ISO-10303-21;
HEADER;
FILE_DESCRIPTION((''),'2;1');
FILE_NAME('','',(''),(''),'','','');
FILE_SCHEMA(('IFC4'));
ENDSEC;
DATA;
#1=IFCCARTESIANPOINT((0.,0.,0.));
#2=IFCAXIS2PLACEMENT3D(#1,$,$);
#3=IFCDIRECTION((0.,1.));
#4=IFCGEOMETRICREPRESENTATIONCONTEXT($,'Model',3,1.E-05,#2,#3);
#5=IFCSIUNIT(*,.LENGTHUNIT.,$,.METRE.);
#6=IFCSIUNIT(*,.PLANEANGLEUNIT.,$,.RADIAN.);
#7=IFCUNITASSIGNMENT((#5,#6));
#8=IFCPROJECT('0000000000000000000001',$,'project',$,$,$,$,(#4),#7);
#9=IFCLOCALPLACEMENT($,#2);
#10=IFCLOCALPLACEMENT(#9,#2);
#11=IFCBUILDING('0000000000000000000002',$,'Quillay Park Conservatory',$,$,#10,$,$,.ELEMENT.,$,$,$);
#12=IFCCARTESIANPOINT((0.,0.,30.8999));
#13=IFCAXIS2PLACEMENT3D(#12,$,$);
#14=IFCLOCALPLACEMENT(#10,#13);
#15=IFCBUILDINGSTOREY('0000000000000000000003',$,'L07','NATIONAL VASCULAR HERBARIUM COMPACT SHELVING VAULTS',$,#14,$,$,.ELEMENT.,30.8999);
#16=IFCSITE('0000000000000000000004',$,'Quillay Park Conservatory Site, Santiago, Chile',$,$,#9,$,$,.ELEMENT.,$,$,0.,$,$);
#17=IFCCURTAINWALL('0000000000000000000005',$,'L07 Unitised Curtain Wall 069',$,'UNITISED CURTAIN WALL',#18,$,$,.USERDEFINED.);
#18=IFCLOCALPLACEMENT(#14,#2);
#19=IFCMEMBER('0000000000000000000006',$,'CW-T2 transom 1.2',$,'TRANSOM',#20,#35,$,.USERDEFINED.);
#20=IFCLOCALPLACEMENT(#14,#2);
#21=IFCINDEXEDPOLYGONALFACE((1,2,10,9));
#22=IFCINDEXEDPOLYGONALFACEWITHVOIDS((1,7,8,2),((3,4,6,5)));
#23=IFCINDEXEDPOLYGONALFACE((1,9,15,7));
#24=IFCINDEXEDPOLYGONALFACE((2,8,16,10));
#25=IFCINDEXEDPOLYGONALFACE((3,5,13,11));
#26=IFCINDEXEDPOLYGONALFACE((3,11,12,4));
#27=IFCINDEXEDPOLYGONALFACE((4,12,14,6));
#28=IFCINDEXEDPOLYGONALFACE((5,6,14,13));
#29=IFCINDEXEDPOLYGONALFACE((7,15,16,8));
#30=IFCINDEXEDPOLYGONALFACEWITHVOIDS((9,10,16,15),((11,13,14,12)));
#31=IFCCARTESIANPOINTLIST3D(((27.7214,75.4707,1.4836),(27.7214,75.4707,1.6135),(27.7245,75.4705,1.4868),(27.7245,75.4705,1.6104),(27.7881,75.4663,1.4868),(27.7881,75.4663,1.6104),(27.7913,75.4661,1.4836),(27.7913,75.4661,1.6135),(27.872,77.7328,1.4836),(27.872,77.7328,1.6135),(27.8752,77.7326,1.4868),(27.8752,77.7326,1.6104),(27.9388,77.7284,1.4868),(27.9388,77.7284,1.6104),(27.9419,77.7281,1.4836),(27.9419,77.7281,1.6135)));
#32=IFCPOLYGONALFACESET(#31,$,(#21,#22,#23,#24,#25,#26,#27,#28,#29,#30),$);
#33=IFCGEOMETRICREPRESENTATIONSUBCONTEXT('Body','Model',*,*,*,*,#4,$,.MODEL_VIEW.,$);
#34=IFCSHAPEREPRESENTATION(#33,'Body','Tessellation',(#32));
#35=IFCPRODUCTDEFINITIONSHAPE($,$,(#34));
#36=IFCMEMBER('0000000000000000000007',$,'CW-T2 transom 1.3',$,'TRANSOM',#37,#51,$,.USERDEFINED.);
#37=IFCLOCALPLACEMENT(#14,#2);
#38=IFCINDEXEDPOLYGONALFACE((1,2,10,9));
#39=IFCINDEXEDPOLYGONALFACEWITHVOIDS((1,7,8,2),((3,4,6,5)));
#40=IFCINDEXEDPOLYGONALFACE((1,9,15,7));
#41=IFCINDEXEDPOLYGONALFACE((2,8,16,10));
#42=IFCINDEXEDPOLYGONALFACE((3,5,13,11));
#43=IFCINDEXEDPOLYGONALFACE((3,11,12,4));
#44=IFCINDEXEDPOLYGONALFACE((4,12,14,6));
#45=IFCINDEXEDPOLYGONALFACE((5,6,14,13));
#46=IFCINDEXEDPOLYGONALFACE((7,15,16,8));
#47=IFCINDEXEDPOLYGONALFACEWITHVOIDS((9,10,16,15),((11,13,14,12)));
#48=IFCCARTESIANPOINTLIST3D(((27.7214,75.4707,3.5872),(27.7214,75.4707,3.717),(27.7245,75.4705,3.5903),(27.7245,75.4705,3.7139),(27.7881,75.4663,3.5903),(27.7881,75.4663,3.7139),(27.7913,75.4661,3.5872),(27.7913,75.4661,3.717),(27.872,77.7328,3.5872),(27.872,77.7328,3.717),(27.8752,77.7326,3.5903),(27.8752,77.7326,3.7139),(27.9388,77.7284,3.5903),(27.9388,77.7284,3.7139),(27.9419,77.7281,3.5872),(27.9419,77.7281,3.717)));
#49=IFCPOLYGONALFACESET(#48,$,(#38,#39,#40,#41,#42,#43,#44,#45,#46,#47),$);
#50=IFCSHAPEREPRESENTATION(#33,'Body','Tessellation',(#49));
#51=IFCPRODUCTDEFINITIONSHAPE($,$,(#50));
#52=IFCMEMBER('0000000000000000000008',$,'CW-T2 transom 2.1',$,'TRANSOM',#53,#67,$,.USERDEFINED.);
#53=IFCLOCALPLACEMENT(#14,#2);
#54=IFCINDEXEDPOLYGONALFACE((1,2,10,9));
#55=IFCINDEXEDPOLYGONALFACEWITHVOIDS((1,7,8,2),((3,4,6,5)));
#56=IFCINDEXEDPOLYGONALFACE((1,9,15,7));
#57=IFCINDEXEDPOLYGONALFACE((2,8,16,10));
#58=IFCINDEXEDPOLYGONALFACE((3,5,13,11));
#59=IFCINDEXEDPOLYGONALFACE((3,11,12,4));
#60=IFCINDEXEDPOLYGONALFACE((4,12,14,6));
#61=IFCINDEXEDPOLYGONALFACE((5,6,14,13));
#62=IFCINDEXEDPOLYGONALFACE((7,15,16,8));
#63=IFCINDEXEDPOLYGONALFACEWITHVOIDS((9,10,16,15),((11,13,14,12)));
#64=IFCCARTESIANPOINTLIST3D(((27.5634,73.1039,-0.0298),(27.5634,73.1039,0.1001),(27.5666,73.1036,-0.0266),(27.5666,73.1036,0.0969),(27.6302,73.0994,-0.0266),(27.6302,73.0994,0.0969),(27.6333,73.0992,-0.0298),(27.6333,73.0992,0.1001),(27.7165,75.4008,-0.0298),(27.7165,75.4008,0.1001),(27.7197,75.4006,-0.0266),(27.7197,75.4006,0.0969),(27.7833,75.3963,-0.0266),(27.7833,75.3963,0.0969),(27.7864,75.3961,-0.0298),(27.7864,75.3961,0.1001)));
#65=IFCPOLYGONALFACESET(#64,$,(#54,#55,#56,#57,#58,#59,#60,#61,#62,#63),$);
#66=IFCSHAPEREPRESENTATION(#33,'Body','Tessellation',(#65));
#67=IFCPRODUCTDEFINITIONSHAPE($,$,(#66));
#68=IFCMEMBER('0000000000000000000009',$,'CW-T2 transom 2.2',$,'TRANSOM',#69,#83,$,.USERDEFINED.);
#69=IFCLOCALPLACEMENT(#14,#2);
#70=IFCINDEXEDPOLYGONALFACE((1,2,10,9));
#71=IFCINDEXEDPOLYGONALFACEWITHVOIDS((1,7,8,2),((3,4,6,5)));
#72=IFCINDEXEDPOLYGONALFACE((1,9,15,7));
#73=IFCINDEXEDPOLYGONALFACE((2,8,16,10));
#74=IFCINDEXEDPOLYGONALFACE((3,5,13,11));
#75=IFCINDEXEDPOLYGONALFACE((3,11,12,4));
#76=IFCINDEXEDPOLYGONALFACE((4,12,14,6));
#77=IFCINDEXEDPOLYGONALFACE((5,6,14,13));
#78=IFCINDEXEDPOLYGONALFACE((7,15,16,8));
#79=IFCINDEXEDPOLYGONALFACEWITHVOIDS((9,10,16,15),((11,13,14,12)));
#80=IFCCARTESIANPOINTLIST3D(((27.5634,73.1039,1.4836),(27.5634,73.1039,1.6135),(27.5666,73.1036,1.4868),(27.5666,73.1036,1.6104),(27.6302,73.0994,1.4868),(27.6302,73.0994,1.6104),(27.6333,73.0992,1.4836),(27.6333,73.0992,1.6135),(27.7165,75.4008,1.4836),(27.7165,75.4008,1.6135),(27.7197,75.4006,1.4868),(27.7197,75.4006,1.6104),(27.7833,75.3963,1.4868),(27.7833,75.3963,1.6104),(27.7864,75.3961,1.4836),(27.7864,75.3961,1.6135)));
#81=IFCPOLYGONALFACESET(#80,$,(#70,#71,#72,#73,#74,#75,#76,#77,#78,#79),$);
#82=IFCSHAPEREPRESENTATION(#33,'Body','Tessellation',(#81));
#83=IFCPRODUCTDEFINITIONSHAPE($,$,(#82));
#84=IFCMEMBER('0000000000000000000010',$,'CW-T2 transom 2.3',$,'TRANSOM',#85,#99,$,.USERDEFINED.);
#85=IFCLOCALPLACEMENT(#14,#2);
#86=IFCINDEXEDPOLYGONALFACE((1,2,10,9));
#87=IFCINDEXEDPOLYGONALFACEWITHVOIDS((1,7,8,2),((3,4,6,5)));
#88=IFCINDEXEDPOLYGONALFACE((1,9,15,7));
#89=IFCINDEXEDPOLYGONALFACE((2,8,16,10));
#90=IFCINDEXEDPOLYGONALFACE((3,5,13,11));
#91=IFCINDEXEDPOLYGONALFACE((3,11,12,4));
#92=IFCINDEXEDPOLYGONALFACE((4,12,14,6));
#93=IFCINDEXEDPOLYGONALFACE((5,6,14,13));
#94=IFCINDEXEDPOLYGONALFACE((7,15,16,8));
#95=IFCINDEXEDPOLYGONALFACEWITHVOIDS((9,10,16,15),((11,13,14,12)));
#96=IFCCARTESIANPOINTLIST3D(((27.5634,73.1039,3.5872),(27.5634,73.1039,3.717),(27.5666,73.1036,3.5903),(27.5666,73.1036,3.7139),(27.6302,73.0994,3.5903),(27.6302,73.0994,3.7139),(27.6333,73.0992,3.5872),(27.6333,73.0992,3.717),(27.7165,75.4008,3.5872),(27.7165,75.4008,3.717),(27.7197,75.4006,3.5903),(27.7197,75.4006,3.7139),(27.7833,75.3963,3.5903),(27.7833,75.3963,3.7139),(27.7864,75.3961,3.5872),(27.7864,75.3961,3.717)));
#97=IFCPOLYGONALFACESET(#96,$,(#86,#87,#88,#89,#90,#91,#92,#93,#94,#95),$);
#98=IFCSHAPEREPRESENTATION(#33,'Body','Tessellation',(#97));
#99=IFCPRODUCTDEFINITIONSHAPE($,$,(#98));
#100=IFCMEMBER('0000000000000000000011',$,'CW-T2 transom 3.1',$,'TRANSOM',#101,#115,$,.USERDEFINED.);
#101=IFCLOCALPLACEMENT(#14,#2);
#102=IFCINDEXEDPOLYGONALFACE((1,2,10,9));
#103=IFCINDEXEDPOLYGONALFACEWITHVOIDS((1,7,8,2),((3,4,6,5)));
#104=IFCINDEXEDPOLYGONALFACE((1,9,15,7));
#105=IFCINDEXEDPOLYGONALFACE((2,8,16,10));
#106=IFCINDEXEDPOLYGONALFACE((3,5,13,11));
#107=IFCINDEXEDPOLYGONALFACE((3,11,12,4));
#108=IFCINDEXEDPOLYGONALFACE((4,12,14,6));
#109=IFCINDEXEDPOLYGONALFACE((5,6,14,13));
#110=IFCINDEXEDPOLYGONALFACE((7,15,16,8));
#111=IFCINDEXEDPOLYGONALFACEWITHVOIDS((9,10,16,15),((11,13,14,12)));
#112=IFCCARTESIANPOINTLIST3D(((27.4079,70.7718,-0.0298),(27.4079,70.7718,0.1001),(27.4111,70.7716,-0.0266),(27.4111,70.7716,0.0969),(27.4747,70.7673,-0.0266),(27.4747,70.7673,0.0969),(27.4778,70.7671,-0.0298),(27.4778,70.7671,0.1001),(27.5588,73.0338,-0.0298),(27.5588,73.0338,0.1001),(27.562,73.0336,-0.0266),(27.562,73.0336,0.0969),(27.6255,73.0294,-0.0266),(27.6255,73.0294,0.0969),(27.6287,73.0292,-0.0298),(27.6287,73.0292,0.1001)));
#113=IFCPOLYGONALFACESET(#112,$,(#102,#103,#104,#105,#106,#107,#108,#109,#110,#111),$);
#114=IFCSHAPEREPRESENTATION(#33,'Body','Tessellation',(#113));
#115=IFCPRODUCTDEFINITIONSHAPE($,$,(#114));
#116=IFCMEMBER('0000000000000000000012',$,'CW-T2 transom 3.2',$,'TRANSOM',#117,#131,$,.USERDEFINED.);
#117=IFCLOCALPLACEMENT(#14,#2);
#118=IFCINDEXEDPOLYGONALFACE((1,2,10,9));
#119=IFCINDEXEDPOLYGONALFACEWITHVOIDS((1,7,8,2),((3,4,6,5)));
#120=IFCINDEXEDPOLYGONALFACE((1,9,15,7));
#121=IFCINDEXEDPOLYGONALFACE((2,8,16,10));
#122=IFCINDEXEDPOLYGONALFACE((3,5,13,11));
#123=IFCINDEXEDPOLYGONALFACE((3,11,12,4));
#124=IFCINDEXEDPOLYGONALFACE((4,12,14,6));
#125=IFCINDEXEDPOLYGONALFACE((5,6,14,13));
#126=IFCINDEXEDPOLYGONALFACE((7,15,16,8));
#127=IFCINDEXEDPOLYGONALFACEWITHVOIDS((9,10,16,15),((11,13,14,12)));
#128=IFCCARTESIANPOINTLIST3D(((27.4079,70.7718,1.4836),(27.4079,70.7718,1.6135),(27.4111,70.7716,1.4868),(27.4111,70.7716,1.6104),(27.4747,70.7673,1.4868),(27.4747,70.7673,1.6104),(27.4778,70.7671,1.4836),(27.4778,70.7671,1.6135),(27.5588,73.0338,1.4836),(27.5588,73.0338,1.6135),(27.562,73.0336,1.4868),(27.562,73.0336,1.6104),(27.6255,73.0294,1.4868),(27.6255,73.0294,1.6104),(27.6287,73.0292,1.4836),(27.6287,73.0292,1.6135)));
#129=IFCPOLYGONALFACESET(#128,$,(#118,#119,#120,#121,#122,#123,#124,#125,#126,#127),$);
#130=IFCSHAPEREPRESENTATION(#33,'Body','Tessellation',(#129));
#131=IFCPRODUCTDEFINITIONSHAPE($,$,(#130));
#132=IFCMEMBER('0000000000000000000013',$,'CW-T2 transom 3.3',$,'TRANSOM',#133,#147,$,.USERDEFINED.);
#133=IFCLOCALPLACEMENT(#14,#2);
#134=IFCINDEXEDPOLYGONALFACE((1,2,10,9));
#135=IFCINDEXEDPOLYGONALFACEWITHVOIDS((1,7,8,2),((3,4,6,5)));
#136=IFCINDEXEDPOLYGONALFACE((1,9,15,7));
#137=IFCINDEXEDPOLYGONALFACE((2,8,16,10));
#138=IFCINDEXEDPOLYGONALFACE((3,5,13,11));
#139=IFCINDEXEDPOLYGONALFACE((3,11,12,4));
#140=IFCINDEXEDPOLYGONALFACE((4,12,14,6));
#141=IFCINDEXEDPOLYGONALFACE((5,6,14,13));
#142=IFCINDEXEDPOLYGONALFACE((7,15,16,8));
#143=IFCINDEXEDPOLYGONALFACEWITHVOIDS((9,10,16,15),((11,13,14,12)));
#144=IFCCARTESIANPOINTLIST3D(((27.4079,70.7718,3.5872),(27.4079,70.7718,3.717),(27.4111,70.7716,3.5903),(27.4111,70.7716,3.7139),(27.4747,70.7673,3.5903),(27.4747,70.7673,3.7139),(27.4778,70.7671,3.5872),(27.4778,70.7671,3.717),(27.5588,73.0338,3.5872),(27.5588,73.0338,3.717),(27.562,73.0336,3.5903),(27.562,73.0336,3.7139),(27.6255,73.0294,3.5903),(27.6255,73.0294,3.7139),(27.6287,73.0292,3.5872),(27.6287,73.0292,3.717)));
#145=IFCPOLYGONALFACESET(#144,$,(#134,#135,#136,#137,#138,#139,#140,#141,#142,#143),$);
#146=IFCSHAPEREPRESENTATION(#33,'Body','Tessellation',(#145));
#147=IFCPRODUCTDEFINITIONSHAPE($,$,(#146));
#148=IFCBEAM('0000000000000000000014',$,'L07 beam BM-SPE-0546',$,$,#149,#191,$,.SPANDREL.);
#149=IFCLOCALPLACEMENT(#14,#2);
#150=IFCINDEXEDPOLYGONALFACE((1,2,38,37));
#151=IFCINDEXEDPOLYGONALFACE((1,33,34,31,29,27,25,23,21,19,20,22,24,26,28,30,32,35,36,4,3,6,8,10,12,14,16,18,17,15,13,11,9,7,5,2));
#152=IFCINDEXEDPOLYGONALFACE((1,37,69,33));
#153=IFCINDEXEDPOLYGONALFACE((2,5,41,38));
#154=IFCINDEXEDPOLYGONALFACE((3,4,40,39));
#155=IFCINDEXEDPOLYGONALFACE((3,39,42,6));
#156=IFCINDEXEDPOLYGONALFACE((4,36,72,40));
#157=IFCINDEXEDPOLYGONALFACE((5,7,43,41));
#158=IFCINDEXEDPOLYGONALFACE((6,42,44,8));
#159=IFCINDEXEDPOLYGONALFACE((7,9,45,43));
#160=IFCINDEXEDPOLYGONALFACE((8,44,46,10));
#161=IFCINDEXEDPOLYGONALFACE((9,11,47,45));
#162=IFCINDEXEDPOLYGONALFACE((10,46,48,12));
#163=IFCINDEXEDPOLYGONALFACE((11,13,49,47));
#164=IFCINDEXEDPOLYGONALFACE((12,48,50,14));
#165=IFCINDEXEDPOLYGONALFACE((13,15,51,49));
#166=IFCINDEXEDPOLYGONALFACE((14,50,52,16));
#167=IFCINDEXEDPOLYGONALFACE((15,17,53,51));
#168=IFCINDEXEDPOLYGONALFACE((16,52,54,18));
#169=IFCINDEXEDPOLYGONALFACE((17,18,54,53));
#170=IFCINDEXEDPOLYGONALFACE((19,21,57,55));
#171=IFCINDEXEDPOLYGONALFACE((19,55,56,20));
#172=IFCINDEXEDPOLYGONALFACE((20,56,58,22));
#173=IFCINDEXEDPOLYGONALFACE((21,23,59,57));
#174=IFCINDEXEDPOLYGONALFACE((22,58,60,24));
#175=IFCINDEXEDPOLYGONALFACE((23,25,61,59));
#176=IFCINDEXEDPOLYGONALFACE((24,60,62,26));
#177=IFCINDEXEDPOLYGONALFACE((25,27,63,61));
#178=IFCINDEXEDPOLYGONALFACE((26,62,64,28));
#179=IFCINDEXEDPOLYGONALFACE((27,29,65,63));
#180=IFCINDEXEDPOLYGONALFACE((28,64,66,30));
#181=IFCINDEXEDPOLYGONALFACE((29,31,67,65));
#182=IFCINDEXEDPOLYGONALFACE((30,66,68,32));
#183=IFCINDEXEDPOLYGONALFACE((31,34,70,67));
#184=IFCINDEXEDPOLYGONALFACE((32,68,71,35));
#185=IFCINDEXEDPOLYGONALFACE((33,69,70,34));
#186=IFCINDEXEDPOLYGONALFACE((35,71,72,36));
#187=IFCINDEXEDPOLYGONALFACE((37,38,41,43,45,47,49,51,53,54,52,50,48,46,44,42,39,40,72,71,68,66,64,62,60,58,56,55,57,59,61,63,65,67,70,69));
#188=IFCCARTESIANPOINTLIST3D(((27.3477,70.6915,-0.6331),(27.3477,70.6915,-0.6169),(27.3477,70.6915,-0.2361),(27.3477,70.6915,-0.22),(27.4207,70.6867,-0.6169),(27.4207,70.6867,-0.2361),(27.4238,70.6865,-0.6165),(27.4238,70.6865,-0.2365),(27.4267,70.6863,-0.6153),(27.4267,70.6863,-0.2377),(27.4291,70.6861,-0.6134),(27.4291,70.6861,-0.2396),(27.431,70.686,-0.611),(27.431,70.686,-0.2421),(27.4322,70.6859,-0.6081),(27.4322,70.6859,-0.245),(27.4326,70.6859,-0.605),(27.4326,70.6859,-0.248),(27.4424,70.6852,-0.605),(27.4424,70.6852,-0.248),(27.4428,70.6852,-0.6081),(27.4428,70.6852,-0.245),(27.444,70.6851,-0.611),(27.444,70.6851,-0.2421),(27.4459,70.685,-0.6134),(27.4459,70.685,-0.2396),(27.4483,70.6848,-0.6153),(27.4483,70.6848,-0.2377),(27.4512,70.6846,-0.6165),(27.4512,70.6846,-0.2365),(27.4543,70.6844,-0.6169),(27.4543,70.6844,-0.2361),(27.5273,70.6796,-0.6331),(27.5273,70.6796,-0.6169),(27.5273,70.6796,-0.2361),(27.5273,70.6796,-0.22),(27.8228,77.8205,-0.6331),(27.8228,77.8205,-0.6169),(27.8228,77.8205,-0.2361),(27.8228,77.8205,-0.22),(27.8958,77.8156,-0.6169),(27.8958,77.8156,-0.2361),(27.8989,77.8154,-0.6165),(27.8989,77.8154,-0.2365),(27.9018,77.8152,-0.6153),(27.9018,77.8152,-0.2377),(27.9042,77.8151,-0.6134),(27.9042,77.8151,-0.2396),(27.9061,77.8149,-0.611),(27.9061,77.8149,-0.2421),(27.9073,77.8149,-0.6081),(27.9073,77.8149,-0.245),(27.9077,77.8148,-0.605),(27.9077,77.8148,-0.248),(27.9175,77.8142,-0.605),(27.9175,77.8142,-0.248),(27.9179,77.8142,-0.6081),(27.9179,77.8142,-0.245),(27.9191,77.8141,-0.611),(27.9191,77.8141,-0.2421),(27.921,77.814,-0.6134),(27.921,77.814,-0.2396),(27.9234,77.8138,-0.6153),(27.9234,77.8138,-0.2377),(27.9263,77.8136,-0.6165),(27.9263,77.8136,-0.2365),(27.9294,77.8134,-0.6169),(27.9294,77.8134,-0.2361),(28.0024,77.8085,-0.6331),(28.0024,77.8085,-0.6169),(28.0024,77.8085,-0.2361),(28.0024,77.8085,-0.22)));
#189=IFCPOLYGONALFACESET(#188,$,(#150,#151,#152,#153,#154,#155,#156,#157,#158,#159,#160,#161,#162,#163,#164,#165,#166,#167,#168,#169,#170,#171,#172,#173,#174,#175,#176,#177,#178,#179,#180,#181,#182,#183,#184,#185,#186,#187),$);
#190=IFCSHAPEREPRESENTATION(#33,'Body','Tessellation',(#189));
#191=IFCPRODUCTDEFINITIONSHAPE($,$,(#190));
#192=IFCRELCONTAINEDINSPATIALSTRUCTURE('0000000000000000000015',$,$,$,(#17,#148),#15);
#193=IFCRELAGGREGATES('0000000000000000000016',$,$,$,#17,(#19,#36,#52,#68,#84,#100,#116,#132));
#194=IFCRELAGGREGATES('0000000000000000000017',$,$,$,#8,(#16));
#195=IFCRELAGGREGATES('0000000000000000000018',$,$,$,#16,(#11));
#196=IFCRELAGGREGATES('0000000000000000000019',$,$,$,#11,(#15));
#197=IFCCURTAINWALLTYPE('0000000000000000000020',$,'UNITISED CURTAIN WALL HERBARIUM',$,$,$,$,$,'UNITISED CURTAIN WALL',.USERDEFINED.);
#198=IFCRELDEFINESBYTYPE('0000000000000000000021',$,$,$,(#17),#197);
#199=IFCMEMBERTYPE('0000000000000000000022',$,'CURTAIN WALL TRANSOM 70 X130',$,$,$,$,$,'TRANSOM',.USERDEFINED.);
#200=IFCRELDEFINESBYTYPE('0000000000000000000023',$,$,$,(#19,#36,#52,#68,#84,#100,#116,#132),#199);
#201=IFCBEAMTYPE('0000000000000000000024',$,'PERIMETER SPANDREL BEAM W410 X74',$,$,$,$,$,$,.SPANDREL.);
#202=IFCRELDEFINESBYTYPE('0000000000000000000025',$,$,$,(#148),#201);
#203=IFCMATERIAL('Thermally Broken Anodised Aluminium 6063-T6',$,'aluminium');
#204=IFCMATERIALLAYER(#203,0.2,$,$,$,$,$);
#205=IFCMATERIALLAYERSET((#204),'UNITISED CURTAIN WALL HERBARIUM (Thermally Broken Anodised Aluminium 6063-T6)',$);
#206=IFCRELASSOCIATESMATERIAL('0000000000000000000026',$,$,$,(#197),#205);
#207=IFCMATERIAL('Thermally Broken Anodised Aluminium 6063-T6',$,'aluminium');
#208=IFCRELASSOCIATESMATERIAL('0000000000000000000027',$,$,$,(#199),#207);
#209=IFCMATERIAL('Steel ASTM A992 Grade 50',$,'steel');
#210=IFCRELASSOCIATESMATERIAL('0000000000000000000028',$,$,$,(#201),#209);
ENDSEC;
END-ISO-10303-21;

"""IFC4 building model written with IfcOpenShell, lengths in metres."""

from ifc_helpers import new_model, si_unit, direction, frame, origin, origin_2d, place, context, subcontext, project, spatial, hollow_rectangle, i_section, extrude, material, layer, layer_set, material_profile, profile_set, type_object, element, aggregate, save


model = new_model("IFC4")

# Units and contexts
model_context = context("Model", 3, precision=1e-05, world=origin(), true_north=direction((0.0, 1.0)))
body_context = subcontext(model_context, "Body", "Model", "MODEL_VIEW")
ifc_project = project(units=[si_unit("LENGTHUNIT", "METRE"), si_unit("PLANEANGLEUNIT", "RADIAN")], contexts=[model_context])

# Site, building, storey
site_placement = place(None, origin())
site = spatial("IfcSite", under=ifc_project, at=site_placement, Name="Quillay Park Conservatory Site, Santiago, Chile", CompositionType="ELEMENT", RefElevation=0.0)
building_placement = place(site_placement, origin())
building = spatial("IfcBuilding", under=site, at=building_placement, Name="Quillay Park Conservatory", CompositionType="ELEMENT")
storey_placement = place(building_placement, frame((0.0, 0.0, 30.8999)))
storey = spatial("IfcBuildingStorey", under=building, at=storey_placement, Name="L07", Description="NATIONAL VASCULAR HERBARIUM COMPACT SHELVING VAULTS", CompositionType="ELEMENT", Elevation=30.8999)

# Curtain wall, members
ifc_material_1 = material(Name="Thermally Broken Anodised Aluminium 6063-T6", Category="aluminium")
ifc_layer_1 = layer(ifc_material_1, 0.2)
ifc_layer_set_1 = layer_set([ifc_layer_1], Name="UNITISED CURTAIN WALL HERBARIUM (Thermally Broken Anodised Aluminium 6063-T6)")
curtain_wall_type = type_object("IfcCurtainWallType", Name="UNITISED CURTAIN WALL HERBARIUM", ElementType="UNITISED CURTAIN WALL", PredefinedType="USERDEFINED", material=ifc_layer_set_1)
curtain_wall_placement = place(storey_placement, origin())
curtain_wall = element("IfcCurtainWall", 1, at=curtain_wall_placement, inside=storey, type_object=curtain_wall_type, Name="L07 Unitised Curtain Wall 069", ObjectType="UNITISED CURTAIN WALL", PredefinedType="USERDEFINED")
ifc_material_2 = material(Name="Thermally Broken Anodised Aluminium 6063-T6", Category="aluminium")
ifc_material_profile_1 = material_profile(ifc_material_2, hollow_rectangle(XDim=0.0701, YDim=0.1299, WallThickness=0.0032, at=origin_2d()), Name="AL70x130x3.2")
ifc_profile_set_1 = profile_set([ifc_material_profile_1], Name="Thermally Broken Anodised Aluminium 6063-T6")
member_type_1 = type_object("IfcMemberType", Name="CURTAIN WALL TRANSOM 70 X130", ElementType="TRANSOM", PredefinedType="USERDEFINED", material=ifc_profile_set_1)
member_1_placement = place(storey_placement, frame((27.907, 77.7305, 1.5486), z_axis=(-0.066448, -0.99779, 0.0), x_axis=(0.99779, -0.066448, 0.0)))
member_1 = element("IfcMember", 2, at=member_1_placement, type_object=member_type_1, Name="CW-T2 transom 1.2", ObjectType="TRANSOM", PredefinedType="USERDEFINED", context=body_context, shape_type="SweptSolid", body=[
    extrude(hollow_rectangle(XDim=0.0701, YDim=0.1299, WallThickness=0.0032, at=origin_2d()), origin(), (0.0, 0.0, 1.0), 2.2671),
])
member_2_placement = place(storey_placement, frame((27.907, 77.7305, 3.6521), z_axis=(-0.066448, -0.99779, 0.0), x_axis=(0.99779, -0.066448, 0.0)))
member_2 = element("IfcMember", 3, at=member_2_placement, type_object=member_type_1, Name="CW-T2 transom 1.3", ObjectType="TRANSOM", PredefinedType="USERDEFINED", context=body_context, shape_type="SweptSolid", body=[
    extrude(hollow_rectangle(XDim=0.0701, YDim=0.1299, WallThickness=0.0032, at=origin_2d()), origin(), (0.0, 0.0, 1.0), 2.2671),
])
member_3_placement = place(storey_placement, frame((27.7515, 75.3984, 0.0352), z_axis=(-0.066498, -0.997787, 0.0), x_axis=(0.997787, -0.066498, 0.0)))
member_3 = element("IfcMember", 4, at=member_3_placement, type_object=member_type_1, Name="CW-T2 transom 2.1", ObjectType="TRANSOM", PredefinedType="USERDEFINED", context=body_context, shape_type="SweptSolid", body=[
    extrude(hollow_rectangle(XDim=0.0701, YDim=0.1299, WallThickness=0.0032, at=origin_2d()), origin(), (0.0, 0.0, 1.0), 2.302),
])
member_4_placement = place(storey_placement, frame((27.7515, 75.3984, 1.5486), z_axis=(-0.066498, -0.997787, 0.0), x_axis=(0.997787, -0.066498, 0.0)))
member_4 = element("IfcMember", 5, at=member_4_placement, type_object=member_type_1, Name="CW-T2 transom 2.2", ObjectType="TRANSOM", PredefinedType="USERDEFINED", context=body_context, shape_type="SweptSolid", body=[
    extrude(hollow_rectangle(XDim=0.0701, YDim=0.1299, WallThickness=0.0032, at=origin_2d()), origin(), (0.0, 0.0, 1.0), 2.302),
])
member_5_placement = place(storey_placement, frame((27.7515, 75.3984, 3.6521), z_axis=(-0.066498, -0.997787, 0.0), x_axis=(0.997787, -0.066498, 0.0)))
member_5 = element("IfcMember", 6, at=member_5_placement, type_object=member_type_1, Name="CW-T2 transom 2.3", ObjectType="TRANSOM", PredefinedType="USERDEFINED", context=body_context, shape_type="SweptSolid", body=[
    extrude(hollow_rectangle(XDim=0.0701, YDim=0.1299, WallThickness=0.0032, at=origin_2d()), origin(), (0.0, 0.0, 1.0), 2.302),
])
member_6_placement = place(storey_placement, frame((27.5938, 73.0315, 0.0352), z_axis=(-0.066555, -0.997783, 0.0), x_axis=(0.997783, -0.066555, 0.0)))
member_6 = element("IfcMember", 7, at=member_6_placement, type_object=member_type_1, Name="CW-T2 transom 3.1", ObjectType="TRANSOM", PredefinedType="USERDEFINED", context=body_context, shape_type="SweptSolid", body=[
    extrude(hollow_rectangle(XDim=0.0701, YDim=0.1299, WallThickness=0.0032, at=origin_2d()), origin(), (0.0, 0.0, 1.0), 2.2671),
])
member_7_placement = place(storey_placement, frame((27.5938, 73.0315, 1.5486), z_axis=(-0.066555, -0.997783, 0.0), x_axis=(0.997783, -0.066555, 0.0)))
member_7 = element("IfcMember", 8, at=member_7_placement, type_object=member_type_1, Name="CW-T2 transom 3.2", ObjectType="TRANSOM", PredefinedType="USERDEFINED", context=body_context, shape_type="SweptSolid", body=[
    extrude(hollow_rectangle(XDim=0.0701, YDim=0.1299, WallThickness=0.0032, at=origin_2d()), origin(), (0.0, 0.0, 1.0), 2.2671),
])
member_8_placement = place(storey_placement, frame((27.5938, 73.0315, 3.6521), z_axis=(-0.066555, -0.997783, 0.0), x_axis=(0.997783, -0.066555, 0.0)))
member_8 = element("IfcMember", 9, at=member_8_placement, type_object=member_type_1, Name="CW-T2 transom 3.3", ObjectType="TRANSOM", PredefinedType="USERDEFINED", context=body_context, shape_type="SweptSolid", body=[
    extrude(hollow_rectangle(XDim=0.0701, YDim=0.1299, WallThickness=0.0032, at=origin_2d()), origin(), (0.0, 0.0, 1.0), 2.2671),
])

# Beam
ifc_material_3 = material(Name="Steel ASTM A992 Grade 50", Category="steel")
ifc_material_profile_2 = material_profile(ifc_material_3, i_section(OverallWidth=0.1799, OverallDepth=0.4131, WebThickness=0.0098, FlangeThickness=0.0161, FilletRadius=0.012, at=origin_2d()), Name="W410x74")
ifc_profile_set_2 = profile_set([ifc_material_profile_2], Name="Steel ASTM A992 Grade 50")
beam_type_1 = type_object("IfcBeamType", Name="PERIMETER SPANDREL BEAM W410 X74", PredefinedType="SPANDREL", material=ifc_profile_set_2)
beam_1_placement = place(storey_placement, frame((27.4375, 70.6855, -0.4265), z_axis=(0.066496, 0.997787, 0.0), x_axis=(-0.997787, 0.066496, 0.0)))
element("IfcBeam", 10, at=beam_1_placement, inside=storey, type_object=beam_type_1, Name="L07 beam BM-SPE-0546", PredefinedType="SPANDREL", context=body_context, shape_type="SweptSolid", body=[
    extrude(i_section(OverallWidth=0.1799, OverallDepth=0.4131, WebThickness=0.0098, FlangeThickness=0.0161, FilletRadius=0.012, at=origin_2d()), origin(), (0.0, 0.0, 1.0), 7.1448),
])

aggregate(curtain_wall, [member_1, member_2, member_3, member_4, member_5, member_6, member_7, member_8])

save(model, "model.ifc")
